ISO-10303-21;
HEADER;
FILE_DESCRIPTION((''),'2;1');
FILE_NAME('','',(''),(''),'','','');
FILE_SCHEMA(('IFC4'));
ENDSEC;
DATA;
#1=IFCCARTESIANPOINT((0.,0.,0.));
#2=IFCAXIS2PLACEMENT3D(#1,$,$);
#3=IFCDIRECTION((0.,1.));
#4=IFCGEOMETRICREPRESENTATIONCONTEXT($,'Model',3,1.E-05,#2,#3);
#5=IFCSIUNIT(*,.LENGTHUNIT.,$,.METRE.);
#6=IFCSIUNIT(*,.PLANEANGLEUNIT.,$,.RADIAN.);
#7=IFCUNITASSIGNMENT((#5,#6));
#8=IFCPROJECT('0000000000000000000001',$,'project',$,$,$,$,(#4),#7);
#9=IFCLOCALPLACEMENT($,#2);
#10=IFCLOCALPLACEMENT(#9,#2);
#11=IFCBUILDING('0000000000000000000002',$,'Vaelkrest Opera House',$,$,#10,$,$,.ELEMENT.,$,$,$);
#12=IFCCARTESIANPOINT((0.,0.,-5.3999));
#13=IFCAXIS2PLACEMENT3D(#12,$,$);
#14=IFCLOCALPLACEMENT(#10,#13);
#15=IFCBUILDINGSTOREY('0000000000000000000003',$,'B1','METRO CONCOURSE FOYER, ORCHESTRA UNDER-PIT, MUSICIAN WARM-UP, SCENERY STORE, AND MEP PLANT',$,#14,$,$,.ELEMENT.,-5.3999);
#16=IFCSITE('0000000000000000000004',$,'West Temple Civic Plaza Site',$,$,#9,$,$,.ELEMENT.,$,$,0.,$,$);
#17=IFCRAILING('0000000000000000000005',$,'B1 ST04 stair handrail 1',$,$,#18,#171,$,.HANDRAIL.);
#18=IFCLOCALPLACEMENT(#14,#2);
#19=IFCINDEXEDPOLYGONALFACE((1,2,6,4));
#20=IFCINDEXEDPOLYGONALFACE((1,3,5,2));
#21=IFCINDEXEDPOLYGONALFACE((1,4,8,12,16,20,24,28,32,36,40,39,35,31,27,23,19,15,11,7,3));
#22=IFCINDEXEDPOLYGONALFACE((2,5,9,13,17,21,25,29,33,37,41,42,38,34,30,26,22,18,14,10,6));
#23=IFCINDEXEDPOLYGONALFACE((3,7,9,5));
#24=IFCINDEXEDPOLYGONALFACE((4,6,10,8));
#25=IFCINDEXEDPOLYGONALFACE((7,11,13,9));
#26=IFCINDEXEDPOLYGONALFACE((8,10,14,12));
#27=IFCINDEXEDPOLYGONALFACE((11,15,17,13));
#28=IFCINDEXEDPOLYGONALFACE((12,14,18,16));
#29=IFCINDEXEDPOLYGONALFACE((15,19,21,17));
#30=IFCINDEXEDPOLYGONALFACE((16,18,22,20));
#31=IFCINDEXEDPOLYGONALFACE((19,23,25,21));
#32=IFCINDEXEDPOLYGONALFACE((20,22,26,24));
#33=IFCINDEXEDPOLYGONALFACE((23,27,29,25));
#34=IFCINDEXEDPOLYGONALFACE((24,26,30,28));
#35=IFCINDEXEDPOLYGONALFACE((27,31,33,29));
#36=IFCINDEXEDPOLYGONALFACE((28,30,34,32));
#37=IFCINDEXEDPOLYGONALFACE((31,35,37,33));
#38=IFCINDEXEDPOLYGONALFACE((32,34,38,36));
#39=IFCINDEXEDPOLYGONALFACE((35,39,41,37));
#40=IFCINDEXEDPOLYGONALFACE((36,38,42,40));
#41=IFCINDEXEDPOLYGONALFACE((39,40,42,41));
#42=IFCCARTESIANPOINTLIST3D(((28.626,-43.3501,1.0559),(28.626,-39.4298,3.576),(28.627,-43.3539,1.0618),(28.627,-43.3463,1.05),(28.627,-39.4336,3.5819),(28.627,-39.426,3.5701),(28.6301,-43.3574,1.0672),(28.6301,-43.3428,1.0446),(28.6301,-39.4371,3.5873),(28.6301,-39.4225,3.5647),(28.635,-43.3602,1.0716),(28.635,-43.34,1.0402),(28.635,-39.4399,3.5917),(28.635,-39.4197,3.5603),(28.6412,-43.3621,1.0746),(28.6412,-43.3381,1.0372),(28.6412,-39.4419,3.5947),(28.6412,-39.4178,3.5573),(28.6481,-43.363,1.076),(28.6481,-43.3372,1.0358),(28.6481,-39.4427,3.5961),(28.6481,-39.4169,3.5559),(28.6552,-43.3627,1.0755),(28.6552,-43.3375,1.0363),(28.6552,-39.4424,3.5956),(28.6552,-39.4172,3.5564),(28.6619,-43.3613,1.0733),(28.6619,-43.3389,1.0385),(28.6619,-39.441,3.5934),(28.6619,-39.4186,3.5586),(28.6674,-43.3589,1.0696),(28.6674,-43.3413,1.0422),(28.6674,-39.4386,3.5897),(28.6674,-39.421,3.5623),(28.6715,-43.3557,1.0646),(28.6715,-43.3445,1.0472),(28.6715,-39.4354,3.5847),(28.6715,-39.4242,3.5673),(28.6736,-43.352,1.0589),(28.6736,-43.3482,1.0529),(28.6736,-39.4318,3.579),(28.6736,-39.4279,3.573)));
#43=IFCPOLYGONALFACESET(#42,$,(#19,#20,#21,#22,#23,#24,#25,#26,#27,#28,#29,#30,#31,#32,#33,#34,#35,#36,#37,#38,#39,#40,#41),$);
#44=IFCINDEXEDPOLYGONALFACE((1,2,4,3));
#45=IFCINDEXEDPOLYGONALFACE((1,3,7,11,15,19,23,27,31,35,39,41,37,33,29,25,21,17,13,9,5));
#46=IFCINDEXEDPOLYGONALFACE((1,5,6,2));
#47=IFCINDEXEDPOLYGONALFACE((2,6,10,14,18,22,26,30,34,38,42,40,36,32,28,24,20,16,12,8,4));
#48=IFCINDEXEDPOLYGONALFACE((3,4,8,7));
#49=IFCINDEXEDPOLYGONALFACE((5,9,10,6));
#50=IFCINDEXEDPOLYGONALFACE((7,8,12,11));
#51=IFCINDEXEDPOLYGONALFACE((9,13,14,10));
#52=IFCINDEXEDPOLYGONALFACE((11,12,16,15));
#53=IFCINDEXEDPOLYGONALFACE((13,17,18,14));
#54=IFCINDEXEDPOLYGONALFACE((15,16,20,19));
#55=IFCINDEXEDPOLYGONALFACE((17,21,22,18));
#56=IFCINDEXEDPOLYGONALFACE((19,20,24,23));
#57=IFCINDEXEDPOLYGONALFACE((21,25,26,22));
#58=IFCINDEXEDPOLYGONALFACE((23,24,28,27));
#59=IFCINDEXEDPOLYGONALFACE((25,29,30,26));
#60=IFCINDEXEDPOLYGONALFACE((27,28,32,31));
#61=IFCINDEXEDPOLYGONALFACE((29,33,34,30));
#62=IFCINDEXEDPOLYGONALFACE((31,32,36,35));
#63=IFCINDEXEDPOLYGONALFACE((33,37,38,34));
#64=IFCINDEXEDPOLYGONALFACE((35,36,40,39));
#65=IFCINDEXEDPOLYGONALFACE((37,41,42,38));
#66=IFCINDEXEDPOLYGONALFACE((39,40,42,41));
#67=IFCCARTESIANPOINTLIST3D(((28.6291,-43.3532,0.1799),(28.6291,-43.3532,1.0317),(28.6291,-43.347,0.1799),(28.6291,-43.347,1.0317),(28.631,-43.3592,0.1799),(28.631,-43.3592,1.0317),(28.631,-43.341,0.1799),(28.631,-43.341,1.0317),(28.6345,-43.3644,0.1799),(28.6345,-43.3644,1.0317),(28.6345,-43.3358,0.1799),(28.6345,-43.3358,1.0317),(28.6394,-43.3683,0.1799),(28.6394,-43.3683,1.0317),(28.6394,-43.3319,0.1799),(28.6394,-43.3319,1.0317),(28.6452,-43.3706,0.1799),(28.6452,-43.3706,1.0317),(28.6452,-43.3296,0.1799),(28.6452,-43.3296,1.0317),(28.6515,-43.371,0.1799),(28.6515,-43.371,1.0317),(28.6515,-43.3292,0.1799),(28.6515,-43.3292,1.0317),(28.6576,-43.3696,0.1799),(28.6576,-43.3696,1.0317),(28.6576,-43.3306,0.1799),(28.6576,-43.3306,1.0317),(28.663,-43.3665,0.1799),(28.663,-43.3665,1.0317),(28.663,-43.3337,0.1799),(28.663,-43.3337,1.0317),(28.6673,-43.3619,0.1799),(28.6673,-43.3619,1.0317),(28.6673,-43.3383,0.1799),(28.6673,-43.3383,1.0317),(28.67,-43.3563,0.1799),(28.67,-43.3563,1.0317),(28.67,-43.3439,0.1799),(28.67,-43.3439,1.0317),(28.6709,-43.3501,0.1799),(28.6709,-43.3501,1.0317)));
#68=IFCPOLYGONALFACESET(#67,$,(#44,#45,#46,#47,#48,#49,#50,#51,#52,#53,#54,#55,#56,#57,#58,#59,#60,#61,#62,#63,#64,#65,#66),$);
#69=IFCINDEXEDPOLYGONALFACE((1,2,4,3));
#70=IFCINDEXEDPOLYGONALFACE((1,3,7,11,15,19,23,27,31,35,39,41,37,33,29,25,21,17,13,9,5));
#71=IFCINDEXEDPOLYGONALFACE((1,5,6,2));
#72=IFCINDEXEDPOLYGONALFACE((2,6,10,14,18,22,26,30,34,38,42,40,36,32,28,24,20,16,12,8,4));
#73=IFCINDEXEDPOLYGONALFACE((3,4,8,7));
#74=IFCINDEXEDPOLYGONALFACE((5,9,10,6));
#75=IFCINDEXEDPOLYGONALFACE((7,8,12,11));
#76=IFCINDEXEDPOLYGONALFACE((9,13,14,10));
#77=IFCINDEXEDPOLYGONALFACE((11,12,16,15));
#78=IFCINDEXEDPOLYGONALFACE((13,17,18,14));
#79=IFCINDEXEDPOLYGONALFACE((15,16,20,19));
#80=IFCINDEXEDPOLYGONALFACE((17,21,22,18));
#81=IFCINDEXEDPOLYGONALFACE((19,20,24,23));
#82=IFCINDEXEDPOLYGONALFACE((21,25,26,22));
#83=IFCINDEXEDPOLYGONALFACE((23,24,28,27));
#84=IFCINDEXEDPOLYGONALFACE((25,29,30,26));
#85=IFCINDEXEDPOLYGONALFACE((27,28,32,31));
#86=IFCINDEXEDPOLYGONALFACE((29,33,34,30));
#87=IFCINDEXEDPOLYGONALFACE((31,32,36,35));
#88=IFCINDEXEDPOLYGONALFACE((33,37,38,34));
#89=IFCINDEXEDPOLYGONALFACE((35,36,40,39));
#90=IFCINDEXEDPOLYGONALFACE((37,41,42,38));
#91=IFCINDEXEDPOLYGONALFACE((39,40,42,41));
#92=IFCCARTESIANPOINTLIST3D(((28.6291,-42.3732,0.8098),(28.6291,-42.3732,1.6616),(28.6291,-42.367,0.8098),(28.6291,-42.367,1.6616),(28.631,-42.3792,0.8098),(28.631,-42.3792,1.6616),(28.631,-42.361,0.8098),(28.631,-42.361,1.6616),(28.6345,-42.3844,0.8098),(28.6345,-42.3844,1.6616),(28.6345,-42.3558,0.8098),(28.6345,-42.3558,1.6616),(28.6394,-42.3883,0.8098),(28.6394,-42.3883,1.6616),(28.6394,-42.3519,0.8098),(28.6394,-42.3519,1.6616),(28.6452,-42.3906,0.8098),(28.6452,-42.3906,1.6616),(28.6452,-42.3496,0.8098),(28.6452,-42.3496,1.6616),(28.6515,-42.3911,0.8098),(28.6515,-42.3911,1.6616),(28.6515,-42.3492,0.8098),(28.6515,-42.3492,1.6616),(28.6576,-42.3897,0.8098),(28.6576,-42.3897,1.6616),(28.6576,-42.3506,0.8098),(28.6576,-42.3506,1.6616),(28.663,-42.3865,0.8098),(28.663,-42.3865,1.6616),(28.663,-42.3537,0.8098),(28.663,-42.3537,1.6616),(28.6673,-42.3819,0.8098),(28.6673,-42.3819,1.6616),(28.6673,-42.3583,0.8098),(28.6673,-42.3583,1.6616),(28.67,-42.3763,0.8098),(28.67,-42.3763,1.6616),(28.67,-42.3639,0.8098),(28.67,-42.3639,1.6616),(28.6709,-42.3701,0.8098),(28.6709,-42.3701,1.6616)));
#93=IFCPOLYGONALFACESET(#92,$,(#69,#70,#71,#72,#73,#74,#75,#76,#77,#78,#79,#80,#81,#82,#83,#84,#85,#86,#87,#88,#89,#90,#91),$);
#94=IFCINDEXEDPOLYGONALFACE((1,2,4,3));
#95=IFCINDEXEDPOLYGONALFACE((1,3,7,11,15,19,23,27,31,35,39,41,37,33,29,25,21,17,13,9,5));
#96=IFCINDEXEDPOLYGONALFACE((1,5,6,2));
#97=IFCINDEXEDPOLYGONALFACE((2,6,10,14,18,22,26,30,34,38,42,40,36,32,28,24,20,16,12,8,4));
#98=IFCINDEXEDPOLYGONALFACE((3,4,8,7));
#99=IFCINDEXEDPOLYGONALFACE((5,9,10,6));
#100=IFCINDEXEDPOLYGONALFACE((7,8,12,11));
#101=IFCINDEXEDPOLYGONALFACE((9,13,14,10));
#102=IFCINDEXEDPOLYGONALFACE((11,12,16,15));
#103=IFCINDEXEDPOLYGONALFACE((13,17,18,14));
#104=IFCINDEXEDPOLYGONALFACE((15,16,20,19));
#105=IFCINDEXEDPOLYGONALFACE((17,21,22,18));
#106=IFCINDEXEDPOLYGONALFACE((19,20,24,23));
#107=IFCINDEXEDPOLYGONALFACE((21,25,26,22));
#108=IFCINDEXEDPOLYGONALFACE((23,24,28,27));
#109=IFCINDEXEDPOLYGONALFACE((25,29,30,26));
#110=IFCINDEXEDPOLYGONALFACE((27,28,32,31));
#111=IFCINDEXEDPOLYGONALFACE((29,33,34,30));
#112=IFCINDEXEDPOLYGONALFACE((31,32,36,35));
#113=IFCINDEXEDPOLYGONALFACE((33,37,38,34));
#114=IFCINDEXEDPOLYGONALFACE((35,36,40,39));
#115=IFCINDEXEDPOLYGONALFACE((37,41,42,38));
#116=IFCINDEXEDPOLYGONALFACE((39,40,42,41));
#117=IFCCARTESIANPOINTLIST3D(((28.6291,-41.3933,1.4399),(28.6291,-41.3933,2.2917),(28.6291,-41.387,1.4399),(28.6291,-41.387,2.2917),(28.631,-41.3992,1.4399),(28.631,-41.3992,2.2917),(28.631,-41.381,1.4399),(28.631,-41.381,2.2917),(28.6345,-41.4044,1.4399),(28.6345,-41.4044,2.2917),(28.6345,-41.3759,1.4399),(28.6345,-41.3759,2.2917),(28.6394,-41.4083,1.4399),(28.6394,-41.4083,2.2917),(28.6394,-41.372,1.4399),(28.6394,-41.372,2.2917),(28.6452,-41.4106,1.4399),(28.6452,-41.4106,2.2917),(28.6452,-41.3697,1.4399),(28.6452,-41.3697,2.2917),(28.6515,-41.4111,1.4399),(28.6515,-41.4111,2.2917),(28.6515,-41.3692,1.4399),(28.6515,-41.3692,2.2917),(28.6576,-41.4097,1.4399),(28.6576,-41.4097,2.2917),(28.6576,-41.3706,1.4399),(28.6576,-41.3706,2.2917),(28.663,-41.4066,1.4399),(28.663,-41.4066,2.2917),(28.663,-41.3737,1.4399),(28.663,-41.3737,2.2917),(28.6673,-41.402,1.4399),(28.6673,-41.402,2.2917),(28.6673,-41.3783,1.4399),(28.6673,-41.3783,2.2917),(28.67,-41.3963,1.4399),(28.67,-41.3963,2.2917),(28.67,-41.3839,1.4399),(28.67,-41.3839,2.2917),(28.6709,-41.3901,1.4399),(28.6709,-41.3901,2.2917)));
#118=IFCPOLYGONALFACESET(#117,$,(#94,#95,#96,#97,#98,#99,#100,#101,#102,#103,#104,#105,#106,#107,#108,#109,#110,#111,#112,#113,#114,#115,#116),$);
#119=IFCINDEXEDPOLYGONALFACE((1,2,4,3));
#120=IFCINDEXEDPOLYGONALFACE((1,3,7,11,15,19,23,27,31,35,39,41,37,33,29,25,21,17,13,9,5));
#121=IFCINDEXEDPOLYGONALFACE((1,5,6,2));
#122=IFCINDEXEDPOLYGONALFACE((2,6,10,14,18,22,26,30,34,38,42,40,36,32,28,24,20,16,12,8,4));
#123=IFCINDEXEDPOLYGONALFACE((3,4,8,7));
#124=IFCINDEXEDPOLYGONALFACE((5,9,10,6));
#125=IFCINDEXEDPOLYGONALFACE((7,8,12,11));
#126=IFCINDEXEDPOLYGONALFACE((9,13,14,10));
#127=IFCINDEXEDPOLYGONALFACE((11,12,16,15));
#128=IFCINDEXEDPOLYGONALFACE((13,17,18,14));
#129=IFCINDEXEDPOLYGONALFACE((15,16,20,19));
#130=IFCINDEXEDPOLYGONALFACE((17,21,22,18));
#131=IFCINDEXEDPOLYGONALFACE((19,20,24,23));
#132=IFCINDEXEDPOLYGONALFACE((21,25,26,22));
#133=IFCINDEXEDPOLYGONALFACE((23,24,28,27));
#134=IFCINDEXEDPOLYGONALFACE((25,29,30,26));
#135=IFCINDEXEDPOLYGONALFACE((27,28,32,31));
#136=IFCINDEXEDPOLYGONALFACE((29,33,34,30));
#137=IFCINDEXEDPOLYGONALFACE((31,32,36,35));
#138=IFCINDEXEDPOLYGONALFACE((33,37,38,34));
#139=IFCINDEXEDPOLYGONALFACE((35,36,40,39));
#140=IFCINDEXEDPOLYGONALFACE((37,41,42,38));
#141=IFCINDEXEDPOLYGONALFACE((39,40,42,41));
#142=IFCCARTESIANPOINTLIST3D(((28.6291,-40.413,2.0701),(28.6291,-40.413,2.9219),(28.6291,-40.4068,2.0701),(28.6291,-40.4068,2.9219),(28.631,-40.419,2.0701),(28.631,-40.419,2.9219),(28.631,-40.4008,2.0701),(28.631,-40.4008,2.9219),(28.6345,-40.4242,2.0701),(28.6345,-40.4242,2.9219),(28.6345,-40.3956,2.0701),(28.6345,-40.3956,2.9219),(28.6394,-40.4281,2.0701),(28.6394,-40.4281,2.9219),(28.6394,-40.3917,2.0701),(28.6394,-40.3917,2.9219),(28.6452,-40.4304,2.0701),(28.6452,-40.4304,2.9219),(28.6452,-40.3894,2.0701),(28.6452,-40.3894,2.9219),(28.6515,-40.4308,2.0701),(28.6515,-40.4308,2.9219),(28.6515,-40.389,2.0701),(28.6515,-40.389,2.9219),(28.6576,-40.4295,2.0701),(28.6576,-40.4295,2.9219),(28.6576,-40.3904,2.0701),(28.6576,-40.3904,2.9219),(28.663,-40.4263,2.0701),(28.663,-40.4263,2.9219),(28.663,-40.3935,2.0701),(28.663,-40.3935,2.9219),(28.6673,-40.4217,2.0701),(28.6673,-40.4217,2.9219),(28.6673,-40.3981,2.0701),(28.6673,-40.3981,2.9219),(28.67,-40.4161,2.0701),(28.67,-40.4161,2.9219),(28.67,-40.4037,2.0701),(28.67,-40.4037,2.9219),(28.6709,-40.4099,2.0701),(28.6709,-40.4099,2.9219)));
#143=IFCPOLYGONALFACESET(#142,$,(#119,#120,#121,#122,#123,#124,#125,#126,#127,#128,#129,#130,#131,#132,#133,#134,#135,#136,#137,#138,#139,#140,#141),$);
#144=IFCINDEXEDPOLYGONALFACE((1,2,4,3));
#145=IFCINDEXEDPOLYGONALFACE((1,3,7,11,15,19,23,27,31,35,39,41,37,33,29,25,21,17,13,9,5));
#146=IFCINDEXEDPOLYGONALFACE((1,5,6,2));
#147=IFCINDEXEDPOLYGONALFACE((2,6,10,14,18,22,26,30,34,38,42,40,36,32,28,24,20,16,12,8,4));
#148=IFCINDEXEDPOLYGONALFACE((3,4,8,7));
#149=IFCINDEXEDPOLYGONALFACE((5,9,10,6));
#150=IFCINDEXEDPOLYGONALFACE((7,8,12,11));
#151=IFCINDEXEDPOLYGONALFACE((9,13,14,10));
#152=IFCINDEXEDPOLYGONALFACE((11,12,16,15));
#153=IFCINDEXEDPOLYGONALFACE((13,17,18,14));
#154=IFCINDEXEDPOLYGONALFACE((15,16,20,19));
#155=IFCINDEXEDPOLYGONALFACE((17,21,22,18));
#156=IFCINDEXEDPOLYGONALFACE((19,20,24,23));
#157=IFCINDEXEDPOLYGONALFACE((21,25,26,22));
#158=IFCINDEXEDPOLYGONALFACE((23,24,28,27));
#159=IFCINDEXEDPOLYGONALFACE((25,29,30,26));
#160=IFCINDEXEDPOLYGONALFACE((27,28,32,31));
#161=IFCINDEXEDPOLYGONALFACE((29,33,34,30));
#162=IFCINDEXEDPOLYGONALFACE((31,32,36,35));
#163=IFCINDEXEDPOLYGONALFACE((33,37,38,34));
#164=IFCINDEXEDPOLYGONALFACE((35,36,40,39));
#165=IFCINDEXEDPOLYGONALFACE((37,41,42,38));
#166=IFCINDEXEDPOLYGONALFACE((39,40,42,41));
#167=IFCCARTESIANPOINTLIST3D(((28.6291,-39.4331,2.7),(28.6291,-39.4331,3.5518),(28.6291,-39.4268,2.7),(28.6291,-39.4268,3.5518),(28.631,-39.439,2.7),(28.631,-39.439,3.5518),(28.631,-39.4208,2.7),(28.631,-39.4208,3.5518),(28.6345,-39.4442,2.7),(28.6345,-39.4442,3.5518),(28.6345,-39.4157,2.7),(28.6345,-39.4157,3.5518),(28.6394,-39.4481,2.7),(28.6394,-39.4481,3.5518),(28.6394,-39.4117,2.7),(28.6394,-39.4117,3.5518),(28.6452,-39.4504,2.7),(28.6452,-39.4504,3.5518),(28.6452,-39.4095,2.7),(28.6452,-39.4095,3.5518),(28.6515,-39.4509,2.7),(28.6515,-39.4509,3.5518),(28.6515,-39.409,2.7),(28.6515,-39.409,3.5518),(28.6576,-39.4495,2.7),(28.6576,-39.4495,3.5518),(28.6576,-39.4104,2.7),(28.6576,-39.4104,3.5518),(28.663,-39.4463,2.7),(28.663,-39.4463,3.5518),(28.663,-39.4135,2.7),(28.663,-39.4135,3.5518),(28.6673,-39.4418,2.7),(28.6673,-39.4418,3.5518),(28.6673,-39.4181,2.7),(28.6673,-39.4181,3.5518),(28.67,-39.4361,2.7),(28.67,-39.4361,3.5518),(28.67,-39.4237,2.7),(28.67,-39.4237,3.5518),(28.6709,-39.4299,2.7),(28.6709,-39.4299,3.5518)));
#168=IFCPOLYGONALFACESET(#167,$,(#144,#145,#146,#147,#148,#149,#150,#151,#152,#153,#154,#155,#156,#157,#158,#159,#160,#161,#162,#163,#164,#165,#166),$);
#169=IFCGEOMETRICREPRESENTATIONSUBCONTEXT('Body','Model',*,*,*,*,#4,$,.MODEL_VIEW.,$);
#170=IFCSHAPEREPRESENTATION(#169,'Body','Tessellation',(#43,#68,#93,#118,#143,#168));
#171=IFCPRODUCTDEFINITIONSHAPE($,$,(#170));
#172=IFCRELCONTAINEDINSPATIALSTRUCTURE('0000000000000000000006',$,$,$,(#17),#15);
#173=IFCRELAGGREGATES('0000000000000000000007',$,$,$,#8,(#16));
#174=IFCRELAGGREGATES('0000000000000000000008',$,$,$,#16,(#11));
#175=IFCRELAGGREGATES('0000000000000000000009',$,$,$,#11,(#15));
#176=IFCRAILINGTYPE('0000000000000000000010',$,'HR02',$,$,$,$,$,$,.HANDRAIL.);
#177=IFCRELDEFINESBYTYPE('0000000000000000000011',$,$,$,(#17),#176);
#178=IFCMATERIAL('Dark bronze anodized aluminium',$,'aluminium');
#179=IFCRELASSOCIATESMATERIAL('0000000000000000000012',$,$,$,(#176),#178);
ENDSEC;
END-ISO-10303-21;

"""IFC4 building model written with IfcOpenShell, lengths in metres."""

from ifc_helpers import new_model, si_unit, direction, frame, origin, origin_2d, place, context, subcontext, project, spatial, circle, extrude, material, type_object, element, save


model = new_model("IFC4")

# Units and contexts
model_context = context("Model", 3, precision=1e-05, world=origin(), true_north=direction((0.0, 1.0)))
body_context = subcontext(model_context, "Body", "Model", "MODEL_VIEW")
ifc_project = project(units=[si_unit("LENGTHUNIT", "METRE"), si_unit("PLANEANGLEUNIT", "RADIAN")], contexts=[model_context])

# Site, building, storey
site_placement = place(None, origin())
site = spatial("IfcSite", under=ifc_project, at=site_placement, Name="West Temple Civic Plaza Site", CompositionType="ELEMENT", RefElevation=0.0)
building_placement = place(site_placement, origin())
building = spatial("IfcBuilding", under=site, at=building_placement, Name="Vaelkrest Opera House", CompositionType="ELEMENT")
storey_placement = place(building_placement, frame((0.0, 0.0, -5.3999)))
storey = spatial("IfcBuildingStorey", under=building, at=storey_placement, Name="B1", Description="METRO CONCOURSE FOYER, ORCHESTRA UNDER-PIT, MUSICIAN WARM-UP, SCENERY STORE, AND MEP PLANT", CompositionType="ELEMENT", Elevation=-5.3999)

# Shared definitions
ifc_material_1 = material(Name="Dark bronze anodized aluminium", Category="aluminium")

# Railing
railing_type_1 = type_object("IfcRailingType", Name="HR02", PredefinedType="HANDRAIL", material=ifc_material_1)
railing_1_placement = place(storey_placement, frame((28.6499, -43.3501, 0.1799)))
element("IfcRailing", 1, at=railing_1_placement, inside=storey, type_object=railing_type_1, Name="B1 ST04 stair handrail 1", PredefinedType="HANDRAIL", context=body_context, shape_type="SweptSolid", body=[
    extrude(circle(Radius=0.0239, at=origin_2d()), frame((0.0, 0.0, 0.876), z_axis=(0.0, 0.841187, 0.540744), x_axis=(-1.0, 0.0, 0.0)), (0.0, 0.0, 1.0), 4.6604),
    extrude(circle(Radius=0.021, at=origin_2d()), origin(), (0.0, 0.0, 1.0), 0.8518),
    extrude(circle(Radius=0.021, at=origin_2d()), frame((0.0, 0.98, 0.6299)), (0.0, 0.0, 1.0), 0.8518),
    extrude(circle(Radius=0.021, at=origin_2d()), frame((0.0, 1.96, 1.26)), (0.0, 0.0, 1.0), 0.8518),
    extrude(circle(Radius=0.021, at=origin_2d()), frame((0.0, 2.9402, 1.8901)), (0.0, 0.0, 1.0), 0.8518),
    extrude(circle(Radius=0.021, at=origin_2d()), frame((0.0, 3.9202, 2.52)), (0.0, 0.0, 1.0), 0.8518),
])

save(model, "model.ifc")
